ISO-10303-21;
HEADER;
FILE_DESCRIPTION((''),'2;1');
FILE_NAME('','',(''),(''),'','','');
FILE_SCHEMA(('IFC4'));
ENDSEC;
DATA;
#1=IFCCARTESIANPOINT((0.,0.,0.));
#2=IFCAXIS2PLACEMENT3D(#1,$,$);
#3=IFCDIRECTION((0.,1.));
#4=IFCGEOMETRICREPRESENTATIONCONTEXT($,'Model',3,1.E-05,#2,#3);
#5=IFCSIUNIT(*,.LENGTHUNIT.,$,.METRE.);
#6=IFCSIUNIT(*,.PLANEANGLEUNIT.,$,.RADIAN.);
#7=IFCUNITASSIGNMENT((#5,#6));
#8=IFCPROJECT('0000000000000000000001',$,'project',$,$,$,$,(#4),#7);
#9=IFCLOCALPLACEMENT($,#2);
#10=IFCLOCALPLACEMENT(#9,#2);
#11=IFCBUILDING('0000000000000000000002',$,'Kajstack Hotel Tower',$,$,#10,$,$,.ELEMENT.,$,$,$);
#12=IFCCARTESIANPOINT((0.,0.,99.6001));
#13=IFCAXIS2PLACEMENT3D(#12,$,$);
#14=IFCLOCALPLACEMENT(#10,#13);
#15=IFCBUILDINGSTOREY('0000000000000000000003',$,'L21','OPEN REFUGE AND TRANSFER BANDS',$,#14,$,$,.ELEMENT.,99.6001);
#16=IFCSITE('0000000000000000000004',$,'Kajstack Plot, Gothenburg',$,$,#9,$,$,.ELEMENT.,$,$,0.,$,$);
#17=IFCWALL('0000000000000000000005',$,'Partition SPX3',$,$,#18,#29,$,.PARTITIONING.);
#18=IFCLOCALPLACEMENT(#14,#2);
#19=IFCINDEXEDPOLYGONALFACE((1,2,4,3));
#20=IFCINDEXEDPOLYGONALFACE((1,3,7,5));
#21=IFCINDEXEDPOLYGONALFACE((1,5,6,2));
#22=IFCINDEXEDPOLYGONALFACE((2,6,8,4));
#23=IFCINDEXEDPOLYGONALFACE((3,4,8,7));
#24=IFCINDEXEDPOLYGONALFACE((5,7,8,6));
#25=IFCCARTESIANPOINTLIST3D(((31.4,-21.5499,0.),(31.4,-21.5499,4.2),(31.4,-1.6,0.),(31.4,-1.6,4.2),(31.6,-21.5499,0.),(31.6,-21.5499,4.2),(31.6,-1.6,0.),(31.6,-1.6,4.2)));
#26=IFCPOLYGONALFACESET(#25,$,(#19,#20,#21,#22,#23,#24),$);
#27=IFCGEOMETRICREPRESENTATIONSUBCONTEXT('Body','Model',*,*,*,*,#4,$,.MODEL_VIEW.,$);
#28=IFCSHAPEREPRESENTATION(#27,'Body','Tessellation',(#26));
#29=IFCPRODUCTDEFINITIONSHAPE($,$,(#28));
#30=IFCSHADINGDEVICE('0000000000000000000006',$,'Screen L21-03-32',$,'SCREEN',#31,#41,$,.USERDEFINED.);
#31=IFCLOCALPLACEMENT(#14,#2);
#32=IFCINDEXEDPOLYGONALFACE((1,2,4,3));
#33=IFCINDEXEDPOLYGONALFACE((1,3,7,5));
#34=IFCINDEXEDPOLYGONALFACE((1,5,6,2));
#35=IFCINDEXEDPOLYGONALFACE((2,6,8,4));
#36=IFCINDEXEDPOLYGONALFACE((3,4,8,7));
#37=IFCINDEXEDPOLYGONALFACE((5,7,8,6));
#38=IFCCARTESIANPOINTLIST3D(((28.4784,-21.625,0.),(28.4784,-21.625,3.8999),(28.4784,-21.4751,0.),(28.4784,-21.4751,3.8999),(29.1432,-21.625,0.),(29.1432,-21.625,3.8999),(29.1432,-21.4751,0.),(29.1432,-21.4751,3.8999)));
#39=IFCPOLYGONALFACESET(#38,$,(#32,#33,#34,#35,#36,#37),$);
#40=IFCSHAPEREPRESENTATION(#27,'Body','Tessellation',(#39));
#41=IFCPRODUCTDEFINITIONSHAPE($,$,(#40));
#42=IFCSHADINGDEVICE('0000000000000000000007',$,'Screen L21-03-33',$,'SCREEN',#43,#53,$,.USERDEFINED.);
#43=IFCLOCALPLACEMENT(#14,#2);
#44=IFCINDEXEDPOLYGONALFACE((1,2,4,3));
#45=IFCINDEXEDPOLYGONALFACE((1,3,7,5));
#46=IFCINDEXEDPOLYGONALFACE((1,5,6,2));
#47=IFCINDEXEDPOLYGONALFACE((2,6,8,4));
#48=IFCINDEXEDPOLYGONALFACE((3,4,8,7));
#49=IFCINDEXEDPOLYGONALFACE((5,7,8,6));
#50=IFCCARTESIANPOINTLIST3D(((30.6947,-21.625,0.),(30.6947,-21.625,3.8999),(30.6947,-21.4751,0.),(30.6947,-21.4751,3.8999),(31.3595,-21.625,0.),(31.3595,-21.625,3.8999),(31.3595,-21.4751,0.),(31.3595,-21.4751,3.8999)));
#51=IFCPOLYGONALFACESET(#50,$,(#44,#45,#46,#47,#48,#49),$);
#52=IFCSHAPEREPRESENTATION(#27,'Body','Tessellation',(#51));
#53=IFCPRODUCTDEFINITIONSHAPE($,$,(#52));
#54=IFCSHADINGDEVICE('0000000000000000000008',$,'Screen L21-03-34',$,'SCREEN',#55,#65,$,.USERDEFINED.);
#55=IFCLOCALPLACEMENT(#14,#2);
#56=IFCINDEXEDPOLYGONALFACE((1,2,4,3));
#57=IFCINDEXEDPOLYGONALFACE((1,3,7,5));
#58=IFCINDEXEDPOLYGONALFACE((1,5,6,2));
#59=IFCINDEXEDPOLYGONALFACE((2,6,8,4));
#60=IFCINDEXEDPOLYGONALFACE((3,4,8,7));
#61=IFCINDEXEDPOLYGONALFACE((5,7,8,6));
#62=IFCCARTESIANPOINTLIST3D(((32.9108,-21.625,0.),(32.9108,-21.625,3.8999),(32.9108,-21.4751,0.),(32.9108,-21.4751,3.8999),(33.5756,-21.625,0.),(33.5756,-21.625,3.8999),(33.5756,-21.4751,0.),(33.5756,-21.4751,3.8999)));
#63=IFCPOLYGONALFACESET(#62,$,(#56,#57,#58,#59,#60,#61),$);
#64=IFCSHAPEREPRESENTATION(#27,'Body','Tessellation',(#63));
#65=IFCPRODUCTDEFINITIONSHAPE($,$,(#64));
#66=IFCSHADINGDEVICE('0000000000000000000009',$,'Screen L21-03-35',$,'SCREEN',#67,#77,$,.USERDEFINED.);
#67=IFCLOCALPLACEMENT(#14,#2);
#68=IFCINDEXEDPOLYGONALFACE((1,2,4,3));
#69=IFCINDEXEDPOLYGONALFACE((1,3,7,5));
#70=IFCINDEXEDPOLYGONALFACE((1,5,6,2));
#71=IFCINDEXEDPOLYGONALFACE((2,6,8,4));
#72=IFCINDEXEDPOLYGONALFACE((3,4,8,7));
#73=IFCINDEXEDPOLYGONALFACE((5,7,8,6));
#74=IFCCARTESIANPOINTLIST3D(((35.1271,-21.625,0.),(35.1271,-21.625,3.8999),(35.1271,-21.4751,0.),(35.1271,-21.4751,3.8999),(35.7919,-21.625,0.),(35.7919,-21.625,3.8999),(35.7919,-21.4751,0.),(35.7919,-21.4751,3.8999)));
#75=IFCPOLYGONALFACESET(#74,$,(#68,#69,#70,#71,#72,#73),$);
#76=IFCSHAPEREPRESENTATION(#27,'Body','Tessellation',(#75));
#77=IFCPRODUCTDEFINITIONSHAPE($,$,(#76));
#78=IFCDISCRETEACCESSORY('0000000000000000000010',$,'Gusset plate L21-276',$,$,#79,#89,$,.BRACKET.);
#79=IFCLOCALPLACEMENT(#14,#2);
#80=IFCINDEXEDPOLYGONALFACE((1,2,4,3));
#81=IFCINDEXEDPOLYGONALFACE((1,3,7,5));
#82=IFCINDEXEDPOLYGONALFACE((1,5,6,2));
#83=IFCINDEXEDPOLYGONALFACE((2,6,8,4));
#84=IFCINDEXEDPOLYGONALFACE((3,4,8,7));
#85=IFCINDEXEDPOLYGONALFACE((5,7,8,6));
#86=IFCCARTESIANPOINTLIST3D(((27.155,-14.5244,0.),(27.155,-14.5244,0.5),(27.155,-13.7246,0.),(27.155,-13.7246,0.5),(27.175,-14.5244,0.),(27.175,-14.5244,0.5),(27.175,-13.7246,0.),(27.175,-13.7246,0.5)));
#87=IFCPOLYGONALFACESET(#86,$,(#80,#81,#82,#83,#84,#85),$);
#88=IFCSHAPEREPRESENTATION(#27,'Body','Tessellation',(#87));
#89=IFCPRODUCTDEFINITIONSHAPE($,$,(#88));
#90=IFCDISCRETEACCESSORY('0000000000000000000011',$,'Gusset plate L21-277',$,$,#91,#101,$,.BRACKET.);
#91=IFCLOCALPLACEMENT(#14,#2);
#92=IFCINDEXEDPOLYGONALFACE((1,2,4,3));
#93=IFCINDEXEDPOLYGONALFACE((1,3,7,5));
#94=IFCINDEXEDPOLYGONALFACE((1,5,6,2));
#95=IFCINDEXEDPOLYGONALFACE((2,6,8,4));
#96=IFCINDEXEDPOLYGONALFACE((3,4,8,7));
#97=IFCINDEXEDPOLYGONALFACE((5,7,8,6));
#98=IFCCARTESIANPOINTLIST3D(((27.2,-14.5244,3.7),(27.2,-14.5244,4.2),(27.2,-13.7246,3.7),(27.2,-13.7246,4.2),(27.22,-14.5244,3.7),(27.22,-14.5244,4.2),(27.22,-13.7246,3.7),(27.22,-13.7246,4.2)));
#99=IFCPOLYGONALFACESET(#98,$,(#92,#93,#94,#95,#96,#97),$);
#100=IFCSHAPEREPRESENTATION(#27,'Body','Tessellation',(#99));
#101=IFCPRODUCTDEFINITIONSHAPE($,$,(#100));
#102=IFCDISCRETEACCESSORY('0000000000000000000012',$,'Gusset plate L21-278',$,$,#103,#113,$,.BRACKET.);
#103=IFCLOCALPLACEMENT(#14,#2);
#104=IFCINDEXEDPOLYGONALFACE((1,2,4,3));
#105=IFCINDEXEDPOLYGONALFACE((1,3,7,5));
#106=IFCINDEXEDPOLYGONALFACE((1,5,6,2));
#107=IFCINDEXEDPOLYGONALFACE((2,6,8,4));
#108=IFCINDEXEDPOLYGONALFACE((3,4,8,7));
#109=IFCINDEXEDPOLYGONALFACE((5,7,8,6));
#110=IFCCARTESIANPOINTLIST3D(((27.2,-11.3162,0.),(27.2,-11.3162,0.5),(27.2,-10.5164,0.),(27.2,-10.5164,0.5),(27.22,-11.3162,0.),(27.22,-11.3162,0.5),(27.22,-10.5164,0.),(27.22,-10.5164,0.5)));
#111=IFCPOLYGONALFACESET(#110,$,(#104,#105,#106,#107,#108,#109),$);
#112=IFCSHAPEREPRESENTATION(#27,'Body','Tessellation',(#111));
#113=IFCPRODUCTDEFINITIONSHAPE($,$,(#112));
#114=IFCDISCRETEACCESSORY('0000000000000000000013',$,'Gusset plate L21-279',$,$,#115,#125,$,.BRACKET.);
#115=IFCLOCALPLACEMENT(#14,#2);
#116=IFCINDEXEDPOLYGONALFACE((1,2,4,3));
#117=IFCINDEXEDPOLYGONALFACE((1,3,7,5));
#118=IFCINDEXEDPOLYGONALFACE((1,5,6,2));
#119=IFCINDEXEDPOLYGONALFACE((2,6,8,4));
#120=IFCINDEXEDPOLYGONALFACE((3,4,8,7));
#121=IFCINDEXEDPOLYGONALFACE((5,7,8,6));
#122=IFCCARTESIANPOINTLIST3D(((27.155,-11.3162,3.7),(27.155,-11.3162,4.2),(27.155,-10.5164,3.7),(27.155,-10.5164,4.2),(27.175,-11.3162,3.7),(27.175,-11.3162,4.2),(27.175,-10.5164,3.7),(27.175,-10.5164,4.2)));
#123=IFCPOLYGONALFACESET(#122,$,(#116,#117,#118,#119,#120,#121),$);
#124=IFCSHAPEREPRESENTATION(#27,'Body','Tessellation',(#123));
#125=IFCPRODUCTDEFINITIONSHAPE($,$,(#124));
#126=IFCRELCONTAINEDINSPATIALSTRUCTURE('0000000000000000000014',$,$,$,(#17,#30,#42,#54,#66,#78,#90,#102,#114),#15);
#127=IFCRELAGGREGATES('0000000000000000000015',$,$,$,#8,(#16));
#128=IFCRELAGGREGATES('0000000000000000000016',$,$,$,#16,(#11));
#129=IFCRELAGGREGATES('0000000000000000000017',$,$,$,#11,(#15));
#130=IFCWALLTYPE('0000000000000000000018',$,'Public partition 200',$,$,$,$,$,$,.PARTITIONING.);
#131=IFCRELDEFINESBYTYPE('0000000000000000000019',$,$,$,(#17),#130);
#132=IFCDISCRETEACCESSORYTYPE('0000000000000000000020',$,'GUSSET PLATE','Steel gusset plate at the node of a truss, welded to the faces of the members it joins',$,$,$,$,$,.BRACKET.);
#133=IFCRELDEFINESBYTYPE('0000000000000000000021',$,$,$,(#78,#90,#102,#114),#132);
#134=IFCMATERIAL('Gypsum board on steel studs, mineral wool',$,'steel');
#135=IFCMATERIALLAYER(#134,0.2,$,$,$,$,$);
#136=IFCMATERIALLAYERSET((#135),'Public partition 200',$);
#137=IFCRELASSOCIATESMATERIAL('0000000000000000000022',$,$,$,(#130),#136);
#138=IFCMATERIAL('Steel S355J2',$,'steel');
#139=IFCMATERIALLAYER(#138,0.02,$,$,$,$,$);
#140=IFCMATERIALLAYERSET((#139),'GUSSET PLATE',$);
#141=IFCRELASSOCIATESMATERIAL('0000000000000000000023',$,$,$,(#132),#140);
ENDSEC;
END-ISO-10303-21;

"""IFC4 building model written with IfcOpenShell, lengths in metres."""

from ifc_helpers import new_model, si_unit, direction, frame, frame_2d, origin, origin_2d, place, context, subcontext, project, spatial, polyline, rectangle, outline, extrude, material, layer, layer_set, type_object, element, save


model = new_model("IFC4")

# Units and contexts
model_context = context("Model", 3, precision=1e-05, world=origin(), true_north=direction((0.0, 1.0)))
body_context = subcontext(model_context, "Body", "Model", "MODEL_VIEW")
ifc_project = project(units=[si_unit("LENGTHUNIT", "METRE"), si_unit("PLANEANGLEUNIT", "RADIAN")], contexts=[model_context])

# Site, building, storey
site_placement = place(None, origin())
site = spatial("IfcSite", under=ifc_project, at=site_placement, Name="Kajstack Plot, Gothenburg", CompositionType="ELEMENT", RefElevation=0.0)
building_placement = place(site_placement, origin())
building = spatial("IfcBuilding", under=site, at=building_placement, Name="Kajstack Hotel Tower", CompositionType="ELEMENT")
storey_placement = place(building_placement, frame((0.0, 0.0, 99.6001)))
storey = spatial("IfcBuildingStorey", under=building, at=storey_placement, Name="L21", Description="OPEN REFUGE AND TRANSFER BANDS", CompositionType="ELEMENT", Elevation=99.6001)

# Shared definitions
ifc_material_1 = material(Name="Steel S355J2", Category="steel")

# Wall
ifc_material_2 = material(Name="Gypsum board on steel studs, mineral wool", Category="steel")
ifc_layer_1 = layer(ifc_material_2, 0.2)
ifc_layer_set_1 = layer_set([ifc_layer_1], Name="Public partition 200")
wall_type = type_object("IfcWallType", Name="Public partition 200", PredefinedType="PARTITIONING", material=ifc_layer_set_1)
wall_placement = place(storey_placement, frame((31.5, -21.55, 0.0), z_axis=(0.0, 0.0, 1.0), x_axis=(0.0, 1.0, 0.0)))
element("IfcWall", 1, at=wall_placement, inside=storey, type_object=wall_type, Name="Partition SPX3", PredefinedType="PARTITIONING", context=body_context, shape_type="SweptSolid", body=[
    extrude(rectangle(XDim=19.95, YDim=0.2, at=frame_2d((9.9751, 0.0))), origin(), (0.0, 0.0, 1.0), 4.2),
])

# Shading devices
for number, where, z_axis, x_axis, name in (
    (2, (28.8108, -21.55, 0.0), (0.0, 0.0, 1.0), (1.0, 0.0, 0.0), "Screen L21-03-32"),
    (3, (31.0271, -21.55, 0.0), (0.0, 0.0, 1.0), (1.0, 0.0, 0.0), "Screen L21-03-33"),
    (4, (33.2432, -21.55, 0.0), (0.0, 0.0, 1.0), (1.0, 0.0, 0.0), "Screen L21-03-34"),
    (5, (35.4595, -21.55, 0.0), (0.0, 0.0, 1.0), (1.0, 0.0, 0.0), "Screen L21-03-35"),
):
    element("IfcShadingDevice", number, at=place(storey_placement, frame(where, z_axis=z_axis, x_axis=x_axis)), inside=storey, Name=name, ObjectType="SCREEN", PredefinedType="USERDEFINED", context=body_context, shape_type="SweptSolid", body=[
        extrude(rectangle(XDim=0.6648, YDim=0.1499, at=origin_2d()), origin(), (0.0, 0.0, 1.0), 3.8999),
    ])

# Discrete accessories
ifc_layer_2 = layer(ifc_material_1, 0.02)
ifc_layer_set_2 = layer_set([ifc_layer_2], Name="GUSSET PLATE")
discrete_accessory_type = type_object("IfcDiscreteAccessoryType", Name="GUSSET PLATE", Description="Steel gusset plate at the node of a truss, welded to the faces of the members it joins", PredefinedType="BRACKET", material=ifc_layer_set_2)
for number, where, z_axis, x_axis, name in (
    (6, (27.155, -14.1245, 0.0), (1.0, 0.0, 0.0), (0.0, 1.0, 0.0), "Gusset plate L21-276"),
    (7, (27.2, -14.1245, 3.7), (1.0, 0.0, 0.0), (0.0, 1.0, 0.0), "Gusset plate L21-277"),
    (8, (27.2, -10.9163, 0.0), (1.0, 0.0, 0.0), (0.0, 1.0, 0.0), "Gusset plate L21-278"),
    (9, (27.155, -10.9163, 3.7), (1.0, 0.0, 0.0), (0.0, 1.0, 0.0), "Gusset plate L21-279"),
):
    element("IfcDiscreteAccessory", number, at=place(storey_placement, frame(where, z_axis=z_axis, x_axis=x_axis)), inside=storey, type_object=discrete_accessory_type, Name=name, PredefinedType="BRACKET", context=body_context, shape_type="SweptSolid", body=[
        extrude(outline(polyline([(-0.3999, 0.0), (0.3999, 0.0), (0.3999, 0.5), (-0.3999, 0.5), (-0.3999, 0.0)])), origin(), (0.0, 0.0, 1.0), 0.02),
    ])

save(model, "model.ifc")
